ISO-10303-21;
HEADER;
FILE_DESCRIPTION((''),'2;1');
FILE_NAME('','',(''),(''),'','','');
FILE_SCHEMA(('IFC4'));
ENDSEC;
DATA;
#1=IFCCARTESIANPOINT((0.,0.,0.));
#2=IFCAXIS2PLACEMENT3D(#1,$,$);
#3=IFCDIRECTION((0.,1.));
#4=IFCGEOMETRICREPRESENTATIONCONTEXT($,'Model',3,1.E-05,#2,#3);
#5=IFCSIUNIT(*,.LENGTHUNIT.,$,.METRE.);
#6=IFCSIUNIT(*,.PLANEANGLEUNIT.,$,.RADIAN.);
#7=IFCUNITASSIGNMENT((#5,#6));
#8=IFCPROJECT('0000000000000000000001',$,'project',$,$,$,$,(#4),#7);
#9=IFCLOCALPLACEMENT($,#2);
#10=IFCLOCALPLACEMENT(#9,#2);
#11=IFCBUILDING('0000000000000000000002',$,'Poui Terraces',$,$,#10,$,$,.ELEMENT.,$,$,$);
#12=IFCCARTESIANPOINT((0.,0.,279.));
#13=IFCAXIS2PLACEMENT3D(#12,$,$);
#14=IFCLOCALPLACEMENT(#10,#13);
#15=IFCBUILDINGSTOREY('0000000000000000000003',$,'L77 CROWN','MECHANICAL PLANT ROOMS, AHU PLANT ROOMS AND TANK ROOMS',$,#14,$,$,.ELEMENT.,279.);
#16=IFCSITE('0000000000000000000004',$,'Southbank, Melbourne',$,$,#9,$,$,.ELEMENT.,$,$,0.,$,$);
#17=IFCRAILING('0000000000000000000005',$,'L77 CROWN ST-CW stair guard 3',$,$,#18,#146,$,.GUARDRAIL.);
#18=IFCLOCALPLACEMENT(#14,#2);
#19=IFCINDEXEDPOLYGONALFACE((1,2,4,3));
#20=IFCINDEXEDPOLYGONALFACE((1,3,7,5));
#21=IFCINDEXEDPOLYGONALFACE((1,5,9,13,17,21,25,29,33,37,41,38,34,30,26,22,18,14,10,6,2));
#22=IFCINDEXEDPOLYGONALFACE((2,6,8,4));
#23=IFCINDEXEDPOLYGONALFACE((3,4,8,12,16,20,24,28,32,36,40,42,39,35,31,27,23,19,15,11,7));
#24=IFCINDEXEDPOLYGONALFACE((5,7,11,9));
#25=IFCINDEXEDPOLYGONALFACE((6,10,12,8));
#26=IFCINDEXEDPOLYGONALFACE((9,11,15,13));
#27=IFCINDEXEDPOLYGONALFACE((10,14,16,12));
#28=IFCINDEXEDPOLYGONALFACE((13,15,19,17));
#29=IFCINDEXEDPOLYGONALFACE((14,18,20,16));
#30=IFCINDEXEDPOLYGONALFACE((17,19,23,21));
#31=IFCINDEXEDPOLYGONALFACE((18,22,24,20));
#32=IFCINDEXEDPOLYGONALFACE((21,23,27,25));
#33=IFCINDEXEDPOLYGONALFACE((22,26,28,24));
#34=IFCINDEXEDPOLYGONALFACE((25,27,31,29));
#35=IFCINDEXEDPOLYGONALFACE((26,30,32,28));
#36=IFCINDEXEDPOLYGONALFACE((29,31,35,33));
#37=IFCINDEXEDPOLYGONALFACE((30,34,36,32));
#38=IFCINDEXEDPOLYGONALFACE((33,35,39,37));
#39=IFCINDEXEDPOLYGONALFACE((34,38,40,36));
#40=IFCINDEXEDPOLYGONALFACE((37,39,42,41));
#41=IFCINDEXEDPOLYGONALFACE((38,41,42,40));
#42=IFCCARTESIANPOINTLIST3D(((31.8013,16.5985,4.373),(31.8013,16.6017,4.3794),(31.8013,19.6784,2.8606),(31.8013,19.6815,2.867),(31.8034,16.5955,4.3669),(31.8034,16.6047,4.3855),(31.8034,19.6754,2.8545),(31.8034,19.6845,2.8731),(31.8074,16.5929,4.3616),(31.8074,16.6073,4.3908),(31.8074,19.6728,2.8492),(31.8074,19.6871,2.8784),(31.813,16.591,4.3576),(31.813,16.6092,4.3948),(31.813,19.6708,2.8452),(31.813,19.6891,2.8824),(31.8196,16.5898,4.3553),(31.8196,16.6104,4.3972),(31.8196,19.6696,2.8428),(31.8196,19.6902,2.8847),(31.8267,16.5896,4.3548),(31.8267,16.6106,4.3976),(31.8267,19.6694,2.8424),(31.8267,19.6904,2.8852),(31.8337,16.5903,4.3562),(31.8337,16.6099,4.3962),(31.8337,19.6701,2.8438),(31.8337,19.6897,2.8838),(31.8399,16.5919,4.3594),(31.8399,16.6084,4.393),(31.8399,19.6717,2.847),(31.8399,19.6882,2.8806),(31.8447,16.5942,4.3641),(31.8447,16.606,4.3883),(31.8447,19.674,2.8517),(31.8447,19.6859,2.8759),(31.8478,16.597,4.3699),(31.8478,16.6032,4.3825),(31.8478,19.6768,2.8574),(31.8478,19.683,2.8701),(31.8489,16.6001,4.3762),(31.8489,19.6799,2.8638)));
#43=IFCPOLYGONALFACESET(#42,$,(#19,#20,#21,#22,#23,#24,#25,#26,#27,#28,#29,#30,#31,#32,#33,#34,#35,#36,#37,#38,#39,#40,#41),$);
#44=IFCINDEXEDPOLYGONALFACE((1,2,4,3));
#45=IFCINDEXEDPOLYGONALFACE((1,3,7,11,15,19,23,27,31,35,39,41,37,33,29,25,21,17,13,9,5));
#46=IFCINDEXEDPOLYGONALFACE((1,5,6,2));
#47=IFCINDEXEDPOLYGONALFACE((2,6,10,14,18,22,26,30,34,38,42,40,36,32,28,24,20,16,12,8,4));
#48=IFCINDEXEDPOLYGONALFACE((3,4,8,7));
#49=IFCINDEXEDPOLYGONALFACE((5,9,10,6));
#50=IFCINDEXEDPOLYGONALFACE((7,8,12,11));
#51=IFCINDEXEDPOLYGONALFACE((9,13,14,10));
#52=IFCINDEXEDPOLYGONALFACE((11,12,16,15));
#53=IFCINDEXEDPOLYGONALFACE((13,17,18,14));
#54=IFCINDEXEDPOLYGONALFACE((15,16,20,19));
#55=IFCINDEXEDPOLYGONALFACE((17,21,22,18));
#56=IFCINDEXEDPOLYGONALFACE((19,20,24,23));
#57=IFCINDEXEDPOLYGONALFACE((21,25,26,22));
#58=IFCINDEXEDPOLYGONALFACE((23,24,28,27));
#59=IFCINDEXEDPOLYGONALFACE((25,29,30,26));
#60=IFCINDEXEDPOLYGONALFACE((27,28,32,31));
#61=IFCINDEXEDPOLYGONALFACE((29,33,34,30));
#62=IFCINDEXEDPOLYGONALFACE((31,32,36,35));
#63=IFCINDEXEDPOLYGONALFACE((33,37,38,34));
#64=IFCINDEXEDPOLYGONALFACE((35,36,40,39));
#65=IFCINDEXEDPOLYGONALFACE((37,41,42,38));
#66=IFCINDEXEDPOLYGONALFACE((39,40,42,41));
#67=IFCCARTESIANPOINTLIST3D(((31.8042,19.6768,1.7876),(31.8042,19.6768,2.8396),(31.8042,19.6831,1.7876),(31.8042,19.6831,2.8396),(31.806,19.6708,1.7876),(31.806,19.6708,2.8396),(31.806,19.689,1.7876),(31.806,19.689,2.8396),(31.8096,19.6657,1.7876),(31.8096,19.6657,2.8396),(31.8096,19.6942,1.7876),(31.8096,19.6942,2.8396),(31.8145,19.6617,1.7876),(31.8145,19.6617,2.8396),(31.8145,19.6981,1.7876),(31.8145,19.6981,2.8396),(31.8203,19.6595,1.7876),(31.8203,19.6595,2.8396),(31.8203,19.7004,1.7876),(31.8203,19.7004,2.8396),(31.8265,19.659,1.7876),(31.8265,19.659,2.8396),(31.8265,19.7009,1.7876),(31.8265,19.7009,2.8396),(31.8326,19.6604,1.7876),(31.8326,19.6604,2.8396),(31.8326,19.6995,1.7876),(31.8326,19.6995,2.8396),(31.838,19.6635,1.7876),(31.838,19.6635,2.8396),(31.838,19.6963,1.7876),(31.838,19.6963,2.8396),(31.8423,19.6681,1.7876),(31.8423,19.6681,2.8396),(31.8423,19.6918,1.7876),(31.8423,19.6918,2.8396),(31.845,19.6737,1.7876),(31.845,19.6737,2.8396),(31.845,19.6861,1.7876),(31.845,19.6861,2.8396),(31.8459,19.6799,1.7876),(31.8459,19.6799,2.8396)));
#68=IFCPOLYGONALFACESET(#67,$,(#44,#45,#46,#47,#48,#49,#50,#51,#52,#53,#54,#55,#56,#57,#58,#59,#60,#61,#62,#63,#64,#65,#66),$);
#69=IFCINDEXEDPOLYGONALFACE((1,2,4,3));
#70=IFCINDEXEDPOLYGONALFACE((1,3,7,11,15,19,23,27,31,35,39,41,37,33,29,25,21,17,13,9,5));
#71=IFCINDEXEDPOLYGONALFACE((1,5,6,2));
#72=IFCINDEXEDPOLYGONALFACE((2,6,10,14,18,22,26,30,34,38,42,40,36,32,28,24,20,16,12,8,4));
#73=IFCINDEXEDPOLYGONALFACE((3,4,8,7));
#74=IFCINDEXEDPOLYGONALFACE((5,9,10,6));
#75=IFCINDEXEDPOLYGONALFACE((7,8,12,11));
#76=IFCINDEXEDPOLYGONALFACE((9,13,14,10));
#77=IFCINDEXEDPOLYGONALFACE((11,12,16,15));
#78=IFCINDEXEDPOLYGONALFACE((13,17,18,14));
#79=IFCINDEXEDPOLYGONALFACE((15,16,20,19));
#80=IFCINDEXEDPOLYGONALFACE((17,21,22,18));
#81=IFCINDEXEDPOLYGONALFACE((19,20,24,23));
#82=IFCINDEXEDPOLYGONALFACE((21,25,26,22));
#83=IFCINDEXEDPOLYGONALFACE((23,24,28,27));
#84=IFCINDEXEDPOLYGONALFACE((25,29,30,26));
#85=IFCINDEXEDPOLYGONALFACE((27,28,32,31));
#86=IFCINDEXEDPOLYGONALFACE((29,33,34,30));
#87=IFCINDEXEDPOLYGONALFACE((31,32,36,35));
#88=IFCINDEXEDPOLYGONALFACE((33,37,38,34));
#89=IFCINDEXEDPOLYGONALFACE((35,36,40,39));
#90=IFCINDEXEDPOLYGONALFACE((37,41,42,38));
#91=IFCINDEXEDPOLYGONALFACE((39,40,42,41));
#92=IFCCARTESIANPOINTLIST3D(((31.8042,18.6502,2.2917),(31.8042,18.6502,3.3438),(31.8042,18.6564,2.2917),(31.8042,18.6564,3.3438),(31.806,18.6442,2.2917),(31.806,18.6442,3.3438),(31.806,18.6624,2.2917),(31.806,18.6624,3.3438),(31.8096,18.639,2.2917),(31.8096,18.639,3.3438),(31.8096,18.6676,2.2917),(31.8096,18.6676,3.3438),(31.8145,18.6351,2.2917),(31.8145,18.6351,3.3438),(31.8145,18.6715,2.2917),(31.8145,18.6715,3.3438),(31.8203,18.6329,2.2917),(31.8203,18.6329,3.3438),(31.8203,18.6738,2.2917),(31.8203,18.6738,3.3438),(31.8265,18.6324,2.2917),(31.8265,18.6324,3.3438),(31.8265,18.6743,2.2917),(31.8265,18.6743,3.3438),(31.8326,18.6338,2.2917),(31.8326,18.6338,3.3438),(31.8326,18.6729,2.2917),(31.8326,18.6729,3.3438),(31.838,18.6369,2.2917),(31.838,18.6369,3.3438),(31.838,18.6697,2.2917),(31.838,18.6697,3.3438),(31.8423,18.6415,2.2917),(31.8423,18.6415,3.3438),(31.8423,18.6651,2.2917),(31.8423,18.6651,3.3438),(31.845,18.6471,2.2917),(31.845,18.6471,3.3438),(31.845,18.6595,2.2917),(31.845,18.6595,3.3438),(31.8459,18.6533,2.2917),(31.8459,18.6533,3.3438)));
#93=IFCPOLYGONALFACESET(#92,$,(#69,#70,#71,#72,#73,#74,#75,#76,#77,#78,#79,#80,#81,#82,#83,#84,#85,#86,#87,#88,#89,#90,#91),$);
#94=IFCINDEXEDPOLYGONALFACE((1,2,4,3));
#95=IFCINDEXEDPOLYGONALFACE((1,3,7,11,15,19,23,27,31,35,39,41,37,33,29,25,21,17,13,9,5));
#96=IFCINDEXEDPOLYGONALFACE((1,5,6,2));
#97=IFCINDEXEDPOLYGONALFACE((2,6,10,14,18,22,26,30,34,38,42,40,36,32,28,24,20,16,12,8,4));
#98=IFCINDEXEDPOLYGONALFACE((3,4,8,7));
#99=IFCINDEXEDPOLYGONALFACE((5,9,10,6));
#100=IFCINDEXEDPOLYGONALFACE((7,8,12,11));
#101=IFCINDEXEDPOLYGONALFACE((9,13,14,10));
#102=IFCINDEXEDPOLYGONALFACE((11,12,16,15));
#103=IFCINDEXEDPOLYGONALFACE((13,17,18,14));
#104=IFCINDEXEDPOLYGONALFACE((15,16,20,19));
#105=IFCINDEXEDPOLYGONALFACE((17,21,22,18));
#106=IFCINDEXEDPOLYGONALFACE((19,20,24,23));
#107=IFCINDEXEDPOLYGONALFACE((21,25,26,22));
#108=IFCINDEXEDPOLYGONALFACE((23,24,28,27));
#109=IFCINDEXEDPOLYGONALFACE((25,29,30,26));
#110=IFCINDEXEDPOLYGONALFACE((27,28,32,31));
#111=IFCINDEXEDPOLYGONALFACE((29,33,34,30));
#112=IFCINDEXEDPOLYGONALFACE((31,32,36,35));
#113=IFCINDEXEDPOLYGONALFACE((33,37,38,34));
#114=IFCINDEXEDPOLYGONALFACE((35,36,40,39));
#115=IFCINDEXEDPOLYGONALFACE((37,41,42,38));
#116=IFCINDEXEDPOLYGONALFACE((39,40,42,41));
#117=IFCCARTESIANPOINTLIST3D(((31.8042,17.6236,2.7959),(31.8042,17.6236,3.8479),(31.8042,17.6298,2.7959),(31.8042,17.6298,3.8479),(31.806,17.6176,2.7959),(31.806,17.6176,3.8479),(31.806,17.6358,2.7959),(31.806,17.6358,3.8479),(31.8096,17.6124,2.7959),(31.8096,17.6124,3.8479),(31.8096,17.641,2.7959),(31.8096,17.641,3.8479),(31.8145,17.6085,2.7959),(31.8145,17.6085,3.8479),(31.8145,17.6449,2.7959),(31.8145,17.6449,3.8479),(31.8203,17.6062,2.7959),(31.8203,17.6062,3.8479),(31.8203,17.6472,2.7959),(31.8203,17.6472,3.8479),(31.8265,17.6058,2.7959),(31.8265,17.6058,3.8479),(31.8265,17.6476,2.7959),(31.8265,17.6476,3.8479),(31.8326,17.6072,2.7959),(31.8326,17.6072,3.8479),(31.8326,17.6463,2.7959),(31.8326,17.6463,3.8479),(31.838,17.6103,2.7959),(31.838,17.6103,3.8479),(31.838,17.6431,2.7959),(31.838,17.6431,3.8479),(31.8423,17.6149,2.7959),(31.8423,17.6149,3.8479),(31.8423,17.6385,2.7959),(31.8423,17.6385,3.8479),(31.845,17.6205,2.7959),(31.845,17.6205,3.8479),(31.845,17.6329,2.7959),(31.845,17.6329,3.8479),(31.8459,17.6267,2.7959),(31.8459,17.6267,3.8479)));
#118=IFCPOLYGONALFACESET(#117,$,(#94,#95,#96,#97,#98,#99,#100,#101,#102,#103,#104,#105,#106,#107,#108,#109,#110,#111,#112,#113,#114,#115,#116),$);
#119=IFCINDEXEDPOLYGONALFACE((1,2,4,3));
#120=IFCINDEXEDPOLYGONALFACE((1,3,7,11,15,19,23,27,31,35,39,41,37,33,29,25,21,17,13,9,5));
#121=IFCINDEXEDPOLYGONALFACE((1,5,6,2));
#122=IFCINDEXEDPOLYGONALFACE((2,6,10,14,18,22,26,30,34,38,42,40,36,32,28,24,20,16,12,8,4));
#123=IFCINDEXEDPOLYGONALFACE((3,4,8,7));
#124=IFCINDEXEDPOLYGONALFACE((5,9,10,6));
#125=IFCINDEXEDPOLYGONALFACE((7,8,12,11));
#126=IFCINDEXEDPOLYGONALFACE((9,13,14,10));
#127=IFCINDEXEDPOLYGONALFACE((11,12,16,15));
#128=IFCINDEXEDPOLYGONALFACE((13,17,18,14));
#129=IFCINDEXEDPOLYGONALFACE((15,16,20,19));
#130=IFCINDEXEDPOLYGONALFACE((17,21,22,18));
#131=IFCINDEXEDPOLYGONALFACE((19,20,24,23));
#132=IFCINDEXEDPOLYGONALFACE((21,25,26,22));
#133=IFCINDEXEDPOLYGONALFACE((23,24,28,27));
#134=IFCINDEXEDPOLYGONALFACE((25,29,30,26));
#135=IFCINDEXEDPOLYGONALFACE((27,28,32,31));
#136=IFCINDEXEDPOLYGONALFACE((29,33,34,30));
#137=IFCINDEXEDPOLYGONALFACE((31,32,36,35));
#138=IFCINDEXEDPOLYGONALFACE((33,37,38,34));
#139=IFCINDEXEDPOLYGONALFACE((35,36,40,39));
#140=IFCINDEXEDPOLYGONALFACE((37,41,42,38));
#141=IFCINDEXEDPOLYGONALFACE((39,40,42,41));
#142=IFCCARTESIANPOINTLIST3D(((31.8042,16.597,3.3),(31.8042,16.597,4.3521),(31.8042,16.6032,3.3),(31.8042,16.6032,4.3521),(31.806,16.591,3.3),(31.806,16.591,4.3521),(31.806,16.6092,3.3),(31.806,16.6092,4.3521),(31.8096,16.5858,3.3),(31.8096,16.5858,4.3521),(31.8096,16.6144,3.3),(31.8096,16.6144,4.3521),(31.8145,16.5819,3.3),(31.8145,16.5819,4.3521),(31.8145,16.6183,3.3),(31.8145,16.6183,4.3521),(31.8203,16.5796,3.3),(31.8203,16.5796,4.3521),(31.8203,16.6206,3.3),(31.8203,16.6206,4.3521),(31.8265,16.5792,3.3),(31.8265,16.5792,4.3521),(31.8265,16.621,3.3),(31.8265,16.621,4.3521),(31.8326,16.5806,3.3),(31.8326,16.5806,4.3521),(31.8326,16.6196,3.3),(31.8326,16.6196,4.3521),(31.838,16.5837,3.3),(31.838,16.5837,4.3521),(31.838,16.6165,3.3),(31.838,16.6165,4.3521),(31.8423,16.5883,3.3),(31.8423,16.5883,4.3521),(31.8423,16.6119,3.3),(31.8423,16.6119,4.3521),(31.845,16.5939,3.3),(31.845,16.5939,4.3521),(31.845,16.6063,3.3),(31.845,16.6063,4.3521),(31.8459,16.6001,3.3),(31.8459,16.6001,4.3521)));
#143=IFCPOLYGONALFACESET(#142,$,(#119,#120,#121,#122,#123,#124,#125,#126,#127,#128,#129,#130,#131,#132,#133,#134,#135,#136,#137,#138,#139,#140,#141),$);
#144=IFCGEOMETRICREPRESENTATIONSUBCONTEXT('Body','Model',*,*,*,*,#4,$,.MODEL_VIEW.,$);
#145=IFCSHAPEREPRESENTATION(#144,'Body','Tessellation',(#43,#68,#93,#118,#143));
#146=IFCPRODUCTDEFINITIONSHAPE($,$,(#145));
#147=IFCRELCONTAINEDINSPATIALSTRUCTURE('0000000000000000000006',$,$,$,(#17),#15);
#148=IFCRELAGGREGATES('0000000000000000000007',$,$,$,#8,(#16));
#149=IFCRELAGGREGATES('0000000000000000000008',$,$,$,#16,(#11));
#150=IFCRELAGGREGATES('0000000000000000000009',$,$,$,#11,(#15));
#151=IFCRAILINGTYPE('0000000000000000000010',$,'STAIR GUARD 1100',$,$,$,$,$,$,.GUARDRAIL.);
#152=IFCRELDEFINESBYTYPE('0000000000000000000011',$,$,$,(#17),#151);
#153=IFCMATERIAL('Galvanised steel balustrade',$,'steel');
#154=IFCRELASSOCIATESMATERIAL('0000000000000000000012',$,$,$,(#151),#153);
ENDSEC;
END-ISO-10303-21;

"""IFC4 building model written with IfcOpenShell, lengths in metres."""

from ifc_helpers import new_model, si_unit, direction, frame, origin, origin_2d, place, context, subcontext, project, spatial, circle, extrude, material, type_object, element, save


model = new_model("IFC4")

# Units and contexts
model_context = context("Model", 3, precision=1e-05, world=origin(), true_north=direction((0.0, 1.0)))
body_context = subcontext(model_context, "Body", "Model", "MODEL_VIEW")
ifc_project = project(units=[si_unit("LENGTHUNIT", "METRE"), si_unit("PLANEANGLEUNIT", "RADIAN")], contexts=[model_context])

# Site, building, storey
site_placement = place(None, origin())
site = spatial("IfcSite", under=ifc_project, at=site_placement, Name="Southbank, Melbourne", CompositionType="ELEMENT", RefElevation=0.0)
building_placement = place(site_placement, origin())
building = spatial("IfcBuilding", under=site, at=building_placement, Name="Poui Terraces", CompositionType="ELEMENT")
storey_placement = place(building_placement, frame((0.0, 0.0, 279.0)))
storey = spatial("IfcBuildingStorey", under=building, at=storey_placement, Name="L77 CROWN", Description="MECHANICAL PLANT ROOMS, AHU PLANT ROOMS AND TANK ROOMS", CompositionType="ELEMENT", Elevation=279.0)

# Railing
ifc_material_1 = material(Name="Galvanised steel balustrade", Category="steel")
railing_type_1 = type_object("IfcRailingType", Name="STAIR GUARD 1100", PredefinedType="GUARDRAIL", material=ifc_material_1)
railing_1_placement = place(storey_placement, frame((31.825, 19.6799, 1.7876)))
element("IfcRailing", 1, at=railing_1_placement, inside=storey, type_object=railing_type_1, Name="L77 CROWN ST-CW stair guard 3", PredefinedType="GUARDRAIL", context=body_context, shape_type="SweptSolid", body=[
    extrude(circle(Radius=0.0239, at=origin_2d()), frame((0.0, 0.0, 1.0762), z_axis=(0.0, -0.897606, 0.440798), x_axis=(1.0, 0.0, 0.0)), (0.0, 0.0, 1.0), 3.4312),
    extrude(circle(Radius=0.021, at=origin_2d()), origin(), (0.0, 0.0, 1.0), 1.052),
    extrude(circle(Radius=0.021, at=origin_2d()), frame((0.0, -1.0266, 0.5042)), (0.0, 0.0, 1.0), 1.052),
    extrude(circle(Radius=0.021, at=origin_2d()), frame((0.0, -2.0532, 1.0083)), (0.0, 0.0, 1.0), 1.052),
    extrude(circle(Radius=0.021, at=origin_2d()), frame((0.0, -3.0798, 1.5125)), (0.0, 0.0, 1.0), 1.052),
])

save(model, "model.ifc")
